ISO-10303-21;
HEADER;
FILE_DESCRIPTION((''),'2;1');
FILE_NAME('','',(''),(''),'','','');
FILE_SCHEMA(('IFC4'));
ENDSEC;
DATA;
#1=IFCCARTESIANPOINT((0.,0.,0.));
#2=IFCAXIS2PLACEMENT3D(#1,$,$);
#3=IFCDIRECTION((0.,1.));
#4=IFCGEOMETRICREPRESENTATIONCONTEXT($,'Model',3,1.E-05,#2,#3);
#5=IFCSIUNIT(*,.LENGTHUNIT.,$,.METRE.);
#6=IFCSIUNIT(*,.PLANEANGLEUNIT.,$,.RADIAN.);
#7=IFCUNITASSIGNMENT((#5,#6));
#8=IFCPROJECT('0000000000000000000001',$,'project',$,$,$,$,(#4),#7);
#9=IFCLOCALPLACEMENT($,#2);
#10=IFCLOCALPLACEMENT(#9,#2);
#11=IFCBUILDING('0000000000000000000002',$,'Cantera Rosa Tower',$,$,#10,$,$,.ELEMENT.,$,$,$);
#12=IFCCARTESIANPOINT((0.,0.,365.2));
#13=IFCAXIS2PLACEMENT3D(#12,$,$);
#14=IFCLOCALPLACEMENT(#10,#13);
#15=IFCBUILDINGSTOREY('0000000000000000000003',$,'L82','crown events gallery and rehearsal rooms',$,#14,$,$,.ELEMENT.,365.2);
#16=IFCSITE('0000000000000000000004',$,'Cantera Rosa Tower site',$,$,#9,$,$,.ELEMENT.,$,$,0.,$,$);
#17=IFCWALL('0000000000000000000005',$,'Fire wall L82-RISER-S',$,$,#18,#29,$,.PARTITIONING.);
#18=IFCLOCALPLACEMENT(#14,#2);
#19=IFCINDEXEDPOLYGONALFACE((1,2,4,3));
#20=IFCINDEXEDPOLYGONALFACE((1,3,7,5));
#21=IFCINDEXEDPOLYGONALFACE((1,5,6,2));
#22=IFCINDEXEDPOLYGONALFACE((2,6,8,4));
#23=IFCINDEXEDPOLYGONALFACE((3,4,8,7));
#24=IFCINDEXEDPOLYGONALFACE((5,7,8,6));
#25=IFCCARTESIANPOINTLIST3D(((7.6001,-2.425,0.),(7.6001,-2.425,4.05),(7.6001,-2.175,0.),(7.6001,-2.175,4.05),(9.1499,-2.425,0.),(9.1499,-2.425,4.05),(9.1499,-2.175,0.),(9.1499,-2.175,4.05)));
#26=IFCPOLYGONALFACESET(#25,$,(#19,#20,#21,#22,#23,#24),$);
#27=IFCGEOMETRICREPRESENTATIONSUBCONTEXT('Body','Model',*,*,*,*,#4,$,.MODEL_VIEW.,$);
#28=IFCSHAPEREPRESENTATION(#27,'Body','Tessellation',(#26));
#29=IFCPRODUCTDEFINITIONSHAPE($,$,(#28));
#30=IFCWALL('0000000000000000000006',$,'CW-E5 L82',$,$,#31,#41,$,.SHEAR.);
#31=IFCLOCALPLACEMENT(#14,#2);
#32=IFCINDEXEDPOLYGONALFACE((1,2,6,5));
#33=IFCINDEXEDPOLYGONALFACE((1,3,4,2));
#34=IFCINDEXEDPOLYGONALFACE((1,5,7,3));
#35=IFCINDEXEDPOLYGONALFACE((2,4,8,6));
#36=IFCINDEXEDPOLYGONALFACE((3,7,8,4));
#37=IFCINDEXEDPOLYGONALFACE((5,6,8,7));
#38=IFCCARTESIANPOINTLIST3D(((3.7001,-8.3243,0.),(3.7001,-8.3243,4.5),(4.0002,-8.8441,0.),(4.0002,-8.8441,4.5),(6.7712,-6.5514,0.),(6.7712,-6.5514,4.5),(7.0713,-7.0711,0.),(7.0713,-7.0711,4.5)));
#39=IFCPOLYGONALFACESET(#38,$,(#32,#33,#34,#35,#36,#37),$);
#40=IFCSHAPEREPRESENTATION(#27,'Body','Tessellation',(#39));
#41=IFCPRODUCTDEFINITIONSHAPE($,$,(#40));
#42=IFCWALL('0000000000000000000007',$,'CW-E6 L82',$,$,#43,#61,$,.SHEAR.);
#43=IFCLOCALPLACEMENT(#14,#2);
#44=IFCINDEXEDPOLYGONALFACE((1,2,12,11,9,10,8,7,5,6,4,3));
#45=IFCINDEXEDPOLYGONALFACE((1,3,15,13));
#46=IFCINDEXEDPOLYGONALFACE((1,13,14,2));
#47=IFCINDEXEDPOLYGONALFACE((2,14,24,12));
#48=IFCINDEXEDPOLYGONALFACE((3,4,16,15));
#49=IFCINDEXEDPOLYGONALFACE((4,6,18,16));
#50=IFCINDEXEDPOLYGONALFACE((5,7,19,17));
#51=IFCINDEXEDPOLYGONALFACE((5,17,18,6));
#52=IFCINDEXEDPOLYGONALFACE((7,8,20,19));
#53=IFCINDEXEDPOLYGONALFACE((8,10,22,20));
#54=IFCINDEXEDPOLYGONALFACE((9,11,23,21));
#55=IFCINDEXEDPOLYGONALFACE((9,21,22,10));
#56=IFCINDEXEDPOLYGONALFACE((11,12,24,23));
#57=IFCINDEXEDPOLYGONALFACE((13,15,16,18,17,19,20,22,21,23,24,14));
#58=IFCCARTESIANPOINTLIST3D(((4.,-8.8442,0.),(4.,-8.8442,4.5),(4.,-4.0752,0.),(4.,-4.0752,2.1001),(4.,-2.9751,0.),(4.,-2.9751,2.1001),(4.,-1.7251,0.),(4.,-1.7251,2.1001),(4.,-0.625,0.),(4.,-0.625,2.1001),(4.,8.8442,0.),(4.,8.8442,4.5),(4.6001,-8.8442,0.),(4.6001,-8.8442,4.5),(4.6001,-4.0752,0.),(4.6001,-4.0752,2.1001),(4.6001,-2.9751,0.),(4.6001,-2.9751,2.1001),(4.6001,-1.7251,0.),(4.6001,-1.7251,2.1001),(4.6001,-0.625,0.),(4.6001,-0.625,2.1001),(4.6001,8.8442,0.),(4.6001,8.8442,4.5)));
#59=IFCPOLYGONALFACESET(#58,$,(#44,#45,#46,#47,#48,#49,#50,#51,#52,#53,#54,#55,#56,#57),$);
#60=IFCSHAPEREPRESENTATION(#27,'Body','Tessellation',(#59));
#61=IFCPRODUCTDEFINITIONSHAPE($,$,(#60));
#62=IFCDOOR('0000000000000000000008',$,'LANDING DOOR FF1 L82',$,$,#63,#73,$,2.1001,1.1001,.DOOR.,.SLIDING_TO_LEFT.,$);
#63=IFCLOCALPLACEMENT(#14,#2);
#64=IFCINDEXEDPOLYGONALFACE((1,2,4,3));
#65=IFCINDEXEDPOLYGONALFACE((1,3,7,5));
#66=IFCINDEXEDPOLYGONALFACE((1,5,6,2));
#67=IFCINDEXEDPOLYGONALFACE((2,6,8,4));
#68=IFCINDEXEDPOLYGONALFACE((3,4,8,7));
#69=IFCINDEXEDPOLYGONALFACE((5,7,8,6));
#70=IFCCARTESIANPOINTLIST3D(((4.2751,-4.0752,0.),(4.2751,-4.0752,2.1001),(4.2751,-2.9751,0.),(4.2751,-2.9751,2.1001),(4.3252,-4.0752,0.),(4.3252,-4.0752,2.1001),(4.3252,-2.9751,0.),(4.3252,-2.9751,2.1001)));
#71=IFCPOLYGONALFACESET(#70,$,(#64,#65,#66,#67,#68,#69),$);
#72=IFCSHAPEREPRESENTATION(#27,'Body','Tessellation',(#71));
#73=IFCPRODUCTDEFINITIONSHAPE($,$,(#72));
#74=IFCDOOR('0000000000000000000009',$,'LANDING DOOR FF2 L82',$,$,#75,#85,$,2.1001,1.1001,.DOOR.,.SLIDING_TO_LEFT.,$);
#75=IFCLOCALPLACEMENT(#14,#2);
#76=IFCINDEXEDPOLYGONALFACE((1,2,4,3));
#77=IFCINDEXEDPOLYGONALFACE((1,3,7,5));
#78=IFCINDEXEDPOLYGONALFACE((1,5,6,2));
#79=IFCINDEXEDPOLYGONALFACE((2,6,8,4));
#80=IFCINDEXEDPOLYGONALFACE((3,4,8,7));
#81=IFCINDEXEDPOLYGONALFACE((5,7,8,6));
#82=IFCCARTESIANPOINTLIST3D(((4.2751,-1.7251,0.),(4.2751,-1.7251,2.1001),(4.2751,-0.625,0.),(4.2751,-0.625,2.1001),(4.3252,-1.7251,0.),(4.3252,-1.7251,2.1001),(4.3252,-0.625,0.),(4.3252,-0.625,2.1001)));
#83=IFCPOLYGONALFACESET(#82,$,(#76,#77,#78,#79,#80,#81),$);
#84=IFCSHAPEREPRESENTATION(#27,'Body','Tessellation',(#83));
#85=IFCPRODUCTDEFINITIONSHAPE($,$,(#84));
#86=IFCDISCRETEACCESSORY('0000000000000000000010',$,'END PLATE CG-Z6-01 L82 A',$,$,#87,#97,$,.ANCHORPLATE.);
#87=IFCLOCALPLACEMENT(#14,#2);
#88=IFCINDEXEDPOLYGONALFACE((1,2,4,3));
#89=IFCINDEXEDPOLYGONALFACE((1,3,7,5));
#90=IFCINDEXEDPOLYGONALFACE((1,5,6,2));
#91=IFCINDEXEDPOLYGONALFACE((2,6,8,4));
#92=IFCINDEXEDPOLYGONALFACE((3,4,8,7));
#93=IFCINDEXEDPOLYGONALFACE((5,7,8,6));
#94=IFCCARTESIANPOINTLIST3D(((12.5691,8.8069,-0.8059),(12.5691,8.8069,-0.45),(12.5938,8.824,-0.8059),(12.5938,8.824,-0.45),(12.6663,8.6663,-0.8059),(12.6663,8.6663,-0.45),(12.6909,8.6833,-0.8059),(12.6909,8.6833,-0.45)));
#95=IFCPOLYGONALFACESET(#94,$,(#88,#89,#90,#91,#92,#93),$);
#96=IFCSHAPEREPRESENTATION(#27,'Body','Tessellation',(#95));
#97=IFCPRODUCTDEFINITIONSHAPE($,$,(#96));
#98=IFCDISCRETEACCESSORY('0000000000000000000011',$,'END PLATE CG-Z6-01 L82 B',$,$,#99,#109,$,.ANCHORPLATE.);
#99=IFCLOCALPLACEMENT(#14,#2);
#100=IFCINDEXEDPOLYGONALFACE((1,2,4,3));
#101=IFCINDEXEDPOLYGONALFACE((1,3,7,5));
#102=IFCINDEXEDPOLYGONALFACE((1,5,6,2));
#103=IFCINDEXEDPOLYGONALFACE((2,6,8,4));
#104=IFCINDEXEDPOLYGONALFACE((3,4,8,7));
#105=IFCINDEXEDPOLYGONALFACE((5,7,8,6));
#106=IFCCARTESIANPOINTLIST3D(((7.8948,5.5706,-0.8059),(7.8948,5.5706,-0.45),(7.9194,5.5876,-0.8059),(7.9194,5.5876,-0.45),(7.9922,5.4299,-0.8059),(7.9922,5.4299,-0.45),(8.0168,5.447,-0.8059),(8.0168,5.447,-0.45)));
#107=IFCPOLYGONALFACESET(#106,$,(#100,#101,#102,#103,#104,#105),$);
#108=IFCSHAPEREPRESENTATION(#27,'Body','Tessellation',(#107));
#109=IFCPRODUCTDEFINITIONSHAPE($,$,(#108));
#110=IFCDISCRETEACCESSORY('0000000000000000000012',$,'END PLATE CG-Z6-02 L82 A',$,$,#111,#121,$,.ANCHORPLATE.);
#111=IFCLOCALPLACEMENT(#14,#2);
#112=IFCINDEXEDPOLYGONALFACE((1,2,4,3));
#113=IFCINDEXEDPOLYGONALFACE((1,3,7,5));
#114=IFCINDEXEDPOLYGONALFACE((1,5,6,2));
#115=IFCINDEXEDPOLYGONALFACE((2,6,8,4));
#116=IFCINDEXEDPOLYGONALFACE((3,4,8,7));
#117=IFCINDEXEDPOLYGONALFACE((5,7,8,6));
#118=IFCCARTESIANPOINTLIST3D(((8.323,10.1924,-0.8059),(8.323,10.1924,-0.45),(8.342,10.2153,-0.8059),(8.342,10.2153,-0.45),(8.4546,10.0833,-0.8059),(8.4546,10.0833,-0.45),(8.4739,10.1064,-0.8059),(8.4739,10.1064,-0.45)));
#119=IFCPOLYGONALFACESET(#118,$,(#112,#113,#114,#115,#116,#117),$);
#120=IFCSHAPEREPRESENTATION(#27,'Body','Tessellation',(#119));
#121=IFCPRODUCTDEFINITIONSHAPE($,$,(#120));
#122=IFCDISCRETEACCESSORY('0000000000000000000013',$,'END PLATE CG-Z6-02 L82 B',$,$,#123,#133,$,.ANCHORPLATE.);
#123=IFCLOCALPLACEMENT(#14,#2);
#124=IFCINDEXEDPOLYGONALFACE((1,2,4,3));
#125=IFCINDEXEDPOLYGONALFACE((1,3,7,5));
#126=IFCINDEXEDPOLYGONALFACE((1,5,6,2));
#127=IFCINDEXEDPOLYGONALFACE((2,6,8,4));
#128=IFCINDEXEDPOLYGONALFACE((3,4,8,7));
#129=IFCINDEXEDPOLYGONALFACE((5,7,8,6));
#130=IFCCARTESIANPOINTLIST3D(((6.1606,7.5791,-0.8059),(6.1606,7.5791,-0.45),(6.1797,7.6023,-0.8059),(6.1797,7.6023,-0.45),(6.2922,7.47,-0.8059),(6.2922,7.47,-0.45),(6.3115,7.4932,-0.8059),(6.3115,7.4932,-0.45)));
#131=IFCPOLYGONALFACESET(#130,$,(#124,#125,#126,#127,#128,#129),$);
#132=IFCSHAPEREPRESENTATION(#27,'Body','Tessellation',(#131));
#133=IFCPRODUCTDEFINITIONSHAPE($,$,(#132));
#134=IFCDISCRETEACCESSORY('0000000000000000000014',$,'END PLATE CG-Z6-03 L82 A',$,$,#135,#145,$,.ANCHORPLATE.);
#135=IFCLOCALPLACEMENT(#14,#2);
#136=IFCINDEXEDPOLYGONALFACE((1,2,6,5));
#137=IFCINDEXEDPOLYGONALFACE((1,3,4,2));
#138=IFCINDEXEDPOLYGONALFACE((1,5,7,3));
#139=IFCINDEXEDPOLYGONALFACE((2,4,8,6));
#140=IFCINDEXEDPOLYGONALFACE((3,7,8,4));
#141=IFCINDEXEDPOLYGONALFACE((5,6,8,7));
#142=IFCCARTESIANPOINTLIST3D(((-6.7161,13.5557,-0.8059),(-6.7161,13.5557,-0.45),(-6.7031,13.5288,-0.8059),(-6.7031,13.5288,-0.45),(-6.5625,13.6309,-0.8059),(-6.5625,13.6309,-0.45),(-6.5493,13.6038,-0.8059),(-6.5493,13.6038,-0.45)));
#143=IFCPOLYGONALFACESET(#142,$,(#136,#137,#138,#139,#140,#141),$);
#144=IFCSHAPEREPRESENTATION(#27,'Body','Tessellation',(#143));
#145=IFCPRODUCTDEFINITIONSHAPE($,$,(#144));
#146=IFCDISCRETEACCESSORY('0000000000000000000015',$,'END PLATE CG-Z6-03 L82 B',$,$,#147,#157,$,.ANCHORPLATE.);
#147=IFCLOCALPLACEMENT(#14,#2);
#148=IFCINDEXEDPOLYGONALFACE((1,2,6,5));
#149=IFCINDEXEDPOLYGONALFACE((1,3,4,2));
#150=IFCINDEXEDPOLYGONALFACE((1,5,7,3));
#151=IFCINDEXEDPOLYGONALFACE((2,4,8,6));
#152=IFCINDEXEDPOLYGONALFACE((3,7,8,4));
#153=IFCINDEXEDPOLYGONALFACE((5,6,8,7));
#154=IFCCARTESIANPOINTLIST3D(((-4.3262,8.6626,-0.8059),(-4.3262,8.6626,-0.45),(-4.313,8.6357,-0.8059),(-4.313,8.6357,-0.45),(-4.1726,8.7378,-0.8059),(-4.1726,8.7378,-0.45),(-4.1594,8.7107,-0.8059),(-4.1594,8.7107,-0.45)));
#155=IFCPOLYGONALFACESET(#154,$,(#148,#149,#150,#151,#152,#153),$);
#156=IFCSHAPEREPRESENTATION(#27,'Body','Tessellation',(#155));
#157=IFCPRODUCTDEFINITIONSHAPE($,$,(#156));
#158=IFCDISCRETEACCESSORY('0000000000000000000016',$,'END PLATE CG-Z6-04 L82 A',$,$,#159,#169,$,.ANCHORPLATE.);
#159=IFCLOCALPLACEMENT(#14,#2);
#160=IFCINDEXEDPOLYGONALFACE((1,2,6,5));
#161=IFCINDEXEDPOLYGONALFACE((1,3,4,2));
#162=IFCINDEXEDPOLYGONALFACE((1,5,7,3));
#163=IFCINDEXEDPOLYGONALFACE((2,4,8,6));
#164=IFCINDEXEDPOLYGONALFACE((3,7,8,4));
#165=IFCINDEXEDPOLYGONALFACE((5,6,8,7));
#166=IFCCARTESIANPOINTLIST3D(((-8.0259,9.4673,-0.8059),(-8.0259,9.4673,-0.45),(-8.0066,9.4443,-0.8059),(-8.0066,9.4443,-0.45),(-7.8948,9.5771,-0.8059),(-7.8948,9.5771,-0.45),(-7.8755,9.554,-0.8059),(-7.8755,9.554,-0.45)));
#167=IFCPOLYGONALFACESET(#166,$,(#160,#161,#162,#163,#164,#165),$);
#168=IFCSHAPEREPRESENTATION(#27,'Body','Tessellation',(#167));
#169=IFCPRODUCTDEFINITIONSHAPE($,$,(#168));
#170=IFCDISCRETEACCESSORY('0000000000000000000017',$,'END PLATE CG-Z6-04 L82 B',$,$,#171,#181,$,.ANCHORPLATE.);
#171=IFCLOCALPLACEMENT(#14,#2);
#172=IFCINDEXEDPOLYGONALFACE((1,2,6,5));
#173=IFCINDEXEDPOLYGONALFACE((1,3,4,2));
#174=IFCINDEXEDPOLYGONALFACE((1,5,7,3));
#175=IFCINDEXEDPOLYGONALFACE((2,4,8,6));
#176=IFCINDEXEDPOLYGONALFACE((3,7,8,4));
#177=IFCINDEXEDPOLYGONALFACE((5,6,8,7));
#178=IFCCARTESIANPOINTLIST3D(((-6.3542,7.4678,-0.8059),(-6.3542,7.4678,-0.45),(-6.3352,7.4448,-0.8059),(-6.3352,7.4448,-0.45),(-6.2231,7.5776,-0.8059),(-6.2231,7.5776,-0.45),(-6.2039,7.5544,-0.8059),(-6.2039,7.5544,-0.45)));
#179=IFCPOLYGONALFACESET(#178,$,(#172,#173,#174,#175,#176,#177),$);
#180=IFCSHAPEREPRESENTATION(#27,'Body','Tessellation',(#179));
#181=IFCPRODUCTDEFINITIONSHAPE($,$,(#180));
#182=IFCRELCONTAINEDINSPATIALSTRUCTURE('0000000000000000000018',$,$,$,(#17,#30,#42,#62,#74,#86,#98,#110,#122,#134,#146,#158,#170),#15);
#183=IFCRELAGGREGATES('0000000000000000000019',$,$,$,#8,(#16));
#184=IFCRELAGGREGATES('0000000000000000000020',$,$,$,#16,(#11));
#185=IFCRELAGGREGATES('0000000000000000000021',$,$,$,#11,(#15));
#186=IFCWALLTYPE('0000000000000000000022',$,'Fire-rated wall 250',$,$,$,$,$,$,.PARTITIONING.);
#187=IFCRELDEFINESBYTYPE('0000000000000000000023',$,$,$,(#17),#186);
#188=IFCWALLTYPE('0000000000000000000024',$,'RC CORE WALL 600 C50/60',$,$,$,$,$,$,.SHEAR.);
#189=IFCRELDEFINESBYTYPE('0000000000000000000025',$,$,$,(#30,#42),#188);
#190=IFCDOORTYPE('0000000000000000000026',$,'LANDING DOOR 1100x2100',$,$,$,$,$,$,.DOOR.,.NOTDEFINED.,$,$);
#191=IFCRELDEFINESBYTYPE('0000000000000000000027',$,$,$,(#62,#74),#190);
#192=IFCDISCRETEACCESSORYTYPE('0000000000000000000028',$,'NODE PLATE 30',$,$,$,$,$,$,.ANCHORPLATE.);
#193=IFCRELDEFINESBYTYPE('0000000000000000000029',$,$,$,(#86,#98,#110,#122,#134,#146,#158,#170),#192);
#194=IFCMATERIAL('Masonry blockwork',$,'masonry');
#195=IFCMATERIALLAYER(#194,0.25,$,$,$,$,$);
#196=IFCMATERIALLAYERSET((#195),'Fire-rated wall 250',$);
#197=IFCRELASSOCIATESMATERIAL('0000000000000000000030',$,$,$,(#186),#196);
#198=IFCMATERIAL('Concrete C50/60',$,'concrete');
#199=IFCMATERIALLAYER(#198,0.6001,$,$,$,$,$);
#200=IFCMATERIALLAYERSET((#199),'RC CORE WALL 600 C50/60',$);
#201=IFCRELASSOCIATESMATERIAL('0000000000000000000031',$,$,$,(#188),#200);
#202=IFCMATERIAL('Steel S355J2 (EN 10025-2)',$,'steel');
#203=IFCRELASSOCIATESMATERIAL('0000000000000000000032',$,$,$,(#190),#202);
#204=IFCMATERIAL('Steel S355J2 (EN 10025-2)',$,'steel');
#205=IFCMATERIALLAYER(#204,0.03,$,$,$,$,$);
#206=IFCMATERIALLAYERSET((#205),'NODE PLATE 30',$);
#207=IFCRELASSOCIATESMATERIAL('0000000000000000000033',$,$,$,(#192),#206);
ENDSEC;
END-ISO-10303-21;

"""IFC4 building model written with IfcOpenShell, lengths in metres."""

from ifc_helpers import new_model, si_unit, direction, frame, frame_2d, origin, place, context, subcontext, project, spatial, polyline, rectangle, outline, extrude, material, layer, layer_set, type_object, element, fill, save


model = new_model("IFC4")

# Units and contexts
model_context = context("Model", 3, precision=1e-05, world=origin(), true_north=direction((0.0, 1.0)))
body_context = subcontext(model_context, "Body", "Model", "MODEL_VIEW")
ifc_project = project(units=[si_unit("LENGTHUNIT", "METRE"), si_unit("PLANEANGLEUNIT", "RADIAN")], contexts=[model_context])

# Site, building, storey
site_placement = place(None, origin())
site = spatial("IfcSite", under=ifc_project, at=site_placement, Name="Cantera Rosa Tower site", CompositionType="ELEMENT", RefElevation=0.0)
building_placement = place(site_placement, origin())
building = spatial("IfcBuilding", under=site, at=building_placement, Name="Cantera Rosa Tower", CompositionType="ELEMENT")
storey_placement = place(building_placement, frame((0.0, 0.0, 365.2)))
storey = spatial("IfcBuildingStorey", under=building, at=storey_placement, Name="L82", Description="crown events gallery and rehearsal rooms", CompositionType="ELEMENT", Elevation=365.2)

# Walls
ifc_material_1 = material(Name="Masonry blockwork", Category="masonry")
ifc_layer_1 = layer(ifc_material_1, 0.25)
ifc_layer_set_1 = layer_set([ifc_layer_1], Name="Fire-rated wall 250")
wall_type_1 = type_object("IfcWallType", Name="Fire-rated wall 250", PredefinedType="PARTITIONING", material=ifc_layer_set_1)
wall_1_placement = place(storey_placement, frame((7.6001, -2.3, 0.0), z_axis=(0.0, 0.0, 1.0), x_axis=(1.0, 0.0, 0.0)))
element("IfcWall", 1, at=wall_1_placement, inside=storey, type_object=wall_type_1, Name="Fire wall L82-RISER-S", PredefinedType="PARTITIONING", context=body_context, shape_type="SweptSolid", body=[
    extrude(rectangle(XDim=1.5498, YDim=0.25, at=frame_2d((0.7749, 0.0))), origin(), (0.0, 0.0, 1.0), 4.05),
])
ifc_material_2 = material(Name="Concrete C50/60", Category="concrete")
ifc_layer_2 = layer(ifc_material_2, 0.6001)
ifc_layer_set_2 = layer_set([ifc_layer_2], Name="RC CORE WALL 600 C50/60")
wall_type_2 = type_object("IfcWallType", Name="RC CORE WALL 600 C50/60", PredefinedType="SHEAR", material=ifc_layer_set_2)
wall_2_placement = place(storey_placement, frame((6.9211, -6.8113, 0.0), z_axis=(0.0, 0.0, 1.0), x_axis=(-0.86604, -0.499975, 0.0)))
element("IfcWall", 2, at=wall_2_placement, inside=storey, type_object=wall_type_2, Name="CW-E5 L82", PredefinedType="SHEAR", context=body_context, shape_type="SweptSolid", body=[
    extrude(rectangle(XDim=3.5461, YDim=0.6001, at=frame_2d((1.7729, 0.0))), origin(), (0.0, 0.0, 1.0), 4.5),
])

# Wall, openings, doors
wall_3_placement = place(storey_placement, frame((4.3, -8.8442, 0.0), z_axis=(0.0, 0.0, 1.0), x_axis=(0.0, 1.0, 0.0)))
wall_3 = element("IfcWall", 3, at=wall_3_placement, inside=storey, type_object=wall_type_2, Name="CW-E6 L82", PredefinedType="SHEAR", context=body_context, shape_type="SweptSolid", body=[
    extrude(rectangle(XDim=17.6885, YDim=0.6001, at=frame_2d((8.8442, 0.0))), origin(), (0.0, 0.0, 1.0), 4.5),
])
opening_1_placement = place(wall_3_placement, frame((4.769, 0.0, 0.0)))
opening_1 = element("IfcOpeningElement", 4, at=opening_1_placement, cuts=wall_3, PredefinedType="OPENING", context=body_context, shape_type="SweptSolid", body=[
    extrude(rectangle(XDim=1.1001, YDim=2.1001, at=frame_2d((0.55, 1.05))), frame((0.0, 0.3101, 0.0), z_axis=(0.0, -1.0, 0.0), x_axis=(1.0, 0.0, 0.0)), (0.0, 0.0, 1.0), 0.6201),
])
opening_2_placement = place(wall_3_placement, frame((7.1191, 0.0, 0.0)))
opening_2 = element("IfcOpeningElement", 5, at=opening_2_placement, cuts=wall_3, PredefinedType="OPENING", context=body_context, shape_type="SweptSolid", body=[
    extrude(rectangle(XDim=1.1001, YDim=2.1001, at=frame_2d((0.55, 1.05))), frame((0.0, 0.3101, 0.0), z_axis=(0.0, -1.0, 0.0), x_axis=(1.0, 0.0, 0.0)), (0.0, 0.0, 1.0), 0.6201),
])
ifc_material_3 = material(Name="Steel S355J2 (EN 10025-2)", Category="steel")
door_type_1 = type_object("IfcDoorType", Name="LANDING DOOR 1100x2100", OperationType="NOTDEFINED", PredefinedType="DOOR", material=ifc_material_3)
door_1_placement = place(opening_1_placement, origin())
door_1 = element("IfcDoor", 6, at=door_1_placement, inside=storey, type_object=door_type_1, Name="LANDING DOOR FF1 L82", OperationType="SLIDING_TO_LEFT", OverallHeight=2.1001, OverallWidth=1.1001, PredefinedType="DOOR", context=body_context, shape_type="SweptSolid", body=[
    extrude(rectangle(XDim=1.1001, YDim=2.1001, at=frame_2d((0.55, 1.05))), frame((0.0, 0.0249, 0.0), z_axis=(0.0, -1.0, 0.0), x_axis=(1.0, 0.0, 0.0)), (0.0, 0.0, 1.0), 0.05),
])
fill(opening_1, door_1)
door_2_placement = place(opening_2_placement, origin())
door_2 = element("IfcDoor", 7, at=door_2_placement, inside=storey, type_object=door_type_1, Name="LANDING DOOR FF2 L82", OperationType="SLIDING_TO_LEFT", OverallHeight=2.1001, OverallWidth=1.1001, PredefinedType="DOOR", context=body_context, shape_type="SweptSolid", body=[
    extrude(rectangle(XDim=1.1001, YDim=2.1001, at=frame_2d((0.55, 1.05))), frame((0.0, 0.0249, 0.0), z_axis=(0.0, -1.0, 0.0), x_axis=(1.0, 0.0, 0.0)), (0.0, 0.0, 1.0), 0.05),
])
fill(opening_2, door_2)

# Discrete accessories
ifc_material_4 = material(Name="Steel S355J2 (EN 10025-2)", Category="steel")
ifc_layer_3 = layer(ifc_material_4, 0.03)
ifc_layer_set_3 = layer_set([ifc_layer_3], Name="NODE PLATE 30")
discrete_accessory_type = type_object("IfcDiscreteAccessoryType", Name="NODE PLATE 30", PredefinedType="ANCHORPLATE", material=ifc_layer_set_3)
discrete_accessory_1_placement = place(storey_placement, frame((0.0, 0.0, -0.8059)))
element("IfcDiscreteAccessory", 8, at=discrete_accessory_1_placement, inside=storey, type_object=discrete_accessory_type, Name="END PLATE CG-Z6-01 L82 A", PredefinedType="ANCHORPLATE", context=body_context, shape_type="SweptSolid", body=[
    extrude(outline(polyline([(12.5691, 8.8069), (12.5938, 8.824), (12.6909, 8.6833), (12.6663, 8.6663), (12.5691, 8.8069)])), origin(), (0.0, 0.0, 1.0), 0.356),
])
discrete_accessory_2_placement = place(storey_placement, frame((0.0, 0.0, -0.8059)))
element("IfcDiscreteAccessory", 9, at=discrete_accessory_2_placement, inside=storey, type_object=discrete_accessory_type, Name="END PLATE CG-Z6-01 L82 B", PredefinedType="ANCHORPLATE", context=body_context, shape_type="SweptSolid", body=[
    extrude(outline(polyline([(8.0168, 5.447), (7.9922, 5.4299), (7.8948, 5.5706), (7.9194, 5.5876), (8.0168, 5.447)])), origin(), (0.0, 0.0, 1.0), 0.356),
])
discrete_accessory_3_placement = place(storey_placement, frame((0.0, 0.0, -0.8059)))
element("IfcDiscreteAccessory", 10, at=discrete_accessory_3_placement, inside=storey, type_object=discrete_accessory_type, Name="END PLATE CG-Z6-02 L82 A", PredefinedType="ANCHORPLATE", context=body_context, shape_type="SweptSolid", body=[
    extrude(outline(polyline([(8.323, 10.1924), (8.342, 10.2153), (8.4739, 10.1064), (8.4546, 10.0833), (8.323, 10.1924)])), origin(), (0.0, 0.0, 1.0), 0.356),
])
discrete_accessory_4_placement = place(storey_placement, frame((0.0, 0.0, -0.8059)))
element("IfcDiscreteAccessory", 11, at=discrete_accessory_4_placement, inside=storey, type_object=discrete_accessory_type, Name="END PLATE CG-Z6-02 L82 B", PredefinedType="ANCHORPLATE", context=body_context, shape_type="SweptSolid", body=[
    extrude(outline(polyline([(6.3115, 7.4932), (6.2922, 7.47), (6.1606, 7.5791), (6.1797, 7.6023), (6.3115, 7.4932)])), origin(), (0.0, 0.0, 1.0), 0.356),
])
discrete_accessory_5_placement = place(storey_placement, frame((0.0, 0.0, -0.8059)))
element("IfcDiscreteAccessory", 12, at=discrete_accessory_5_placement, inside=storey, type_object=discrete_accessory_type, Name="END PLATE CG-Z6-03 L82 A", PredefinedType="ANCHORPLATE", context=body_context, shape_type="SweptSolid", body=[
    extrude(outline(polyline([(-6.7031, 13.5288), (-6.7161, 13.5557), (-6.5625, 13.6309), (-6.5493, 13.6038), (-6.7031, 13.5288)])), origin(), (0.0, 0.0, 1.0), 0.356),
])
discrete_accessory_6_placement = place(storey_placement, frame((0.0, 0.0, -0.8059)))
element("IfcDiscreteAccessory", 13, at=discrete_accessory_6_placement, inside=storey, type_object=discrete_accessory_type, Name="END PLATE CG-Z6-03 L82 B", PredefinedType="ANCHORPLATE", context=body_context, shape_type="SweptSolid", body=[
    extrude(outline(polyline([(-4.1726, 8.7378), (-4.1594, 8.7107), (-4.313, 8.6357), (-4.3262, 8.6626), (-4.1726, 8.7378)])), origin(), (0.0, 0.0, 1.0), 0.356),
])
discrete_accessory_7_placement = place(storey_placement, frame((0.0, 0.0, -0.8059)))
element("IfcDiscreteAccessory", 14, at=discrete_accessory_7_placement, inside=storey, type_object=discrete_accessory_type, Name="END PLATE CG-Z6-04 L82 A", PredefinedType="ANCHORPLATE", context=body_context, shape_type="SweptSolid", body=[
    extrude(outline(polyline([(-8.0066, 9.4443), (-8.0259, 9.4673), (-7.8948, 9.5771), (-7.8755, 9.554), (-8.0066, 9.4443)])), origin(), (0.0, 0.0, 1.0), 0.356),
])
discrete_accessory_8_placement = place(storey_placement, frame((0.0, 0.0, -0.8059)))
element("IfcDiscreteAccessory", 15, at=discrete_accessory_8_placement, inside=storey, type_object=discrete_accessory_type, Name="END PLATE CG-Z6-04 L82 B", PredefinedType="ANCHORPLATE", context=body_context, shape_type="SweptSolid", body=[
    extrude(outline(polyline([(-6.2231, 7.5776), (-6.2039, 7.5544), (-6.3352, 7.4448), (-6.3542, 7.4678), (-6.2231, 7.5776)])), origin(), (0.0, 0.0, 1.0), 0.356),
])

save(model, "model.ifc")
